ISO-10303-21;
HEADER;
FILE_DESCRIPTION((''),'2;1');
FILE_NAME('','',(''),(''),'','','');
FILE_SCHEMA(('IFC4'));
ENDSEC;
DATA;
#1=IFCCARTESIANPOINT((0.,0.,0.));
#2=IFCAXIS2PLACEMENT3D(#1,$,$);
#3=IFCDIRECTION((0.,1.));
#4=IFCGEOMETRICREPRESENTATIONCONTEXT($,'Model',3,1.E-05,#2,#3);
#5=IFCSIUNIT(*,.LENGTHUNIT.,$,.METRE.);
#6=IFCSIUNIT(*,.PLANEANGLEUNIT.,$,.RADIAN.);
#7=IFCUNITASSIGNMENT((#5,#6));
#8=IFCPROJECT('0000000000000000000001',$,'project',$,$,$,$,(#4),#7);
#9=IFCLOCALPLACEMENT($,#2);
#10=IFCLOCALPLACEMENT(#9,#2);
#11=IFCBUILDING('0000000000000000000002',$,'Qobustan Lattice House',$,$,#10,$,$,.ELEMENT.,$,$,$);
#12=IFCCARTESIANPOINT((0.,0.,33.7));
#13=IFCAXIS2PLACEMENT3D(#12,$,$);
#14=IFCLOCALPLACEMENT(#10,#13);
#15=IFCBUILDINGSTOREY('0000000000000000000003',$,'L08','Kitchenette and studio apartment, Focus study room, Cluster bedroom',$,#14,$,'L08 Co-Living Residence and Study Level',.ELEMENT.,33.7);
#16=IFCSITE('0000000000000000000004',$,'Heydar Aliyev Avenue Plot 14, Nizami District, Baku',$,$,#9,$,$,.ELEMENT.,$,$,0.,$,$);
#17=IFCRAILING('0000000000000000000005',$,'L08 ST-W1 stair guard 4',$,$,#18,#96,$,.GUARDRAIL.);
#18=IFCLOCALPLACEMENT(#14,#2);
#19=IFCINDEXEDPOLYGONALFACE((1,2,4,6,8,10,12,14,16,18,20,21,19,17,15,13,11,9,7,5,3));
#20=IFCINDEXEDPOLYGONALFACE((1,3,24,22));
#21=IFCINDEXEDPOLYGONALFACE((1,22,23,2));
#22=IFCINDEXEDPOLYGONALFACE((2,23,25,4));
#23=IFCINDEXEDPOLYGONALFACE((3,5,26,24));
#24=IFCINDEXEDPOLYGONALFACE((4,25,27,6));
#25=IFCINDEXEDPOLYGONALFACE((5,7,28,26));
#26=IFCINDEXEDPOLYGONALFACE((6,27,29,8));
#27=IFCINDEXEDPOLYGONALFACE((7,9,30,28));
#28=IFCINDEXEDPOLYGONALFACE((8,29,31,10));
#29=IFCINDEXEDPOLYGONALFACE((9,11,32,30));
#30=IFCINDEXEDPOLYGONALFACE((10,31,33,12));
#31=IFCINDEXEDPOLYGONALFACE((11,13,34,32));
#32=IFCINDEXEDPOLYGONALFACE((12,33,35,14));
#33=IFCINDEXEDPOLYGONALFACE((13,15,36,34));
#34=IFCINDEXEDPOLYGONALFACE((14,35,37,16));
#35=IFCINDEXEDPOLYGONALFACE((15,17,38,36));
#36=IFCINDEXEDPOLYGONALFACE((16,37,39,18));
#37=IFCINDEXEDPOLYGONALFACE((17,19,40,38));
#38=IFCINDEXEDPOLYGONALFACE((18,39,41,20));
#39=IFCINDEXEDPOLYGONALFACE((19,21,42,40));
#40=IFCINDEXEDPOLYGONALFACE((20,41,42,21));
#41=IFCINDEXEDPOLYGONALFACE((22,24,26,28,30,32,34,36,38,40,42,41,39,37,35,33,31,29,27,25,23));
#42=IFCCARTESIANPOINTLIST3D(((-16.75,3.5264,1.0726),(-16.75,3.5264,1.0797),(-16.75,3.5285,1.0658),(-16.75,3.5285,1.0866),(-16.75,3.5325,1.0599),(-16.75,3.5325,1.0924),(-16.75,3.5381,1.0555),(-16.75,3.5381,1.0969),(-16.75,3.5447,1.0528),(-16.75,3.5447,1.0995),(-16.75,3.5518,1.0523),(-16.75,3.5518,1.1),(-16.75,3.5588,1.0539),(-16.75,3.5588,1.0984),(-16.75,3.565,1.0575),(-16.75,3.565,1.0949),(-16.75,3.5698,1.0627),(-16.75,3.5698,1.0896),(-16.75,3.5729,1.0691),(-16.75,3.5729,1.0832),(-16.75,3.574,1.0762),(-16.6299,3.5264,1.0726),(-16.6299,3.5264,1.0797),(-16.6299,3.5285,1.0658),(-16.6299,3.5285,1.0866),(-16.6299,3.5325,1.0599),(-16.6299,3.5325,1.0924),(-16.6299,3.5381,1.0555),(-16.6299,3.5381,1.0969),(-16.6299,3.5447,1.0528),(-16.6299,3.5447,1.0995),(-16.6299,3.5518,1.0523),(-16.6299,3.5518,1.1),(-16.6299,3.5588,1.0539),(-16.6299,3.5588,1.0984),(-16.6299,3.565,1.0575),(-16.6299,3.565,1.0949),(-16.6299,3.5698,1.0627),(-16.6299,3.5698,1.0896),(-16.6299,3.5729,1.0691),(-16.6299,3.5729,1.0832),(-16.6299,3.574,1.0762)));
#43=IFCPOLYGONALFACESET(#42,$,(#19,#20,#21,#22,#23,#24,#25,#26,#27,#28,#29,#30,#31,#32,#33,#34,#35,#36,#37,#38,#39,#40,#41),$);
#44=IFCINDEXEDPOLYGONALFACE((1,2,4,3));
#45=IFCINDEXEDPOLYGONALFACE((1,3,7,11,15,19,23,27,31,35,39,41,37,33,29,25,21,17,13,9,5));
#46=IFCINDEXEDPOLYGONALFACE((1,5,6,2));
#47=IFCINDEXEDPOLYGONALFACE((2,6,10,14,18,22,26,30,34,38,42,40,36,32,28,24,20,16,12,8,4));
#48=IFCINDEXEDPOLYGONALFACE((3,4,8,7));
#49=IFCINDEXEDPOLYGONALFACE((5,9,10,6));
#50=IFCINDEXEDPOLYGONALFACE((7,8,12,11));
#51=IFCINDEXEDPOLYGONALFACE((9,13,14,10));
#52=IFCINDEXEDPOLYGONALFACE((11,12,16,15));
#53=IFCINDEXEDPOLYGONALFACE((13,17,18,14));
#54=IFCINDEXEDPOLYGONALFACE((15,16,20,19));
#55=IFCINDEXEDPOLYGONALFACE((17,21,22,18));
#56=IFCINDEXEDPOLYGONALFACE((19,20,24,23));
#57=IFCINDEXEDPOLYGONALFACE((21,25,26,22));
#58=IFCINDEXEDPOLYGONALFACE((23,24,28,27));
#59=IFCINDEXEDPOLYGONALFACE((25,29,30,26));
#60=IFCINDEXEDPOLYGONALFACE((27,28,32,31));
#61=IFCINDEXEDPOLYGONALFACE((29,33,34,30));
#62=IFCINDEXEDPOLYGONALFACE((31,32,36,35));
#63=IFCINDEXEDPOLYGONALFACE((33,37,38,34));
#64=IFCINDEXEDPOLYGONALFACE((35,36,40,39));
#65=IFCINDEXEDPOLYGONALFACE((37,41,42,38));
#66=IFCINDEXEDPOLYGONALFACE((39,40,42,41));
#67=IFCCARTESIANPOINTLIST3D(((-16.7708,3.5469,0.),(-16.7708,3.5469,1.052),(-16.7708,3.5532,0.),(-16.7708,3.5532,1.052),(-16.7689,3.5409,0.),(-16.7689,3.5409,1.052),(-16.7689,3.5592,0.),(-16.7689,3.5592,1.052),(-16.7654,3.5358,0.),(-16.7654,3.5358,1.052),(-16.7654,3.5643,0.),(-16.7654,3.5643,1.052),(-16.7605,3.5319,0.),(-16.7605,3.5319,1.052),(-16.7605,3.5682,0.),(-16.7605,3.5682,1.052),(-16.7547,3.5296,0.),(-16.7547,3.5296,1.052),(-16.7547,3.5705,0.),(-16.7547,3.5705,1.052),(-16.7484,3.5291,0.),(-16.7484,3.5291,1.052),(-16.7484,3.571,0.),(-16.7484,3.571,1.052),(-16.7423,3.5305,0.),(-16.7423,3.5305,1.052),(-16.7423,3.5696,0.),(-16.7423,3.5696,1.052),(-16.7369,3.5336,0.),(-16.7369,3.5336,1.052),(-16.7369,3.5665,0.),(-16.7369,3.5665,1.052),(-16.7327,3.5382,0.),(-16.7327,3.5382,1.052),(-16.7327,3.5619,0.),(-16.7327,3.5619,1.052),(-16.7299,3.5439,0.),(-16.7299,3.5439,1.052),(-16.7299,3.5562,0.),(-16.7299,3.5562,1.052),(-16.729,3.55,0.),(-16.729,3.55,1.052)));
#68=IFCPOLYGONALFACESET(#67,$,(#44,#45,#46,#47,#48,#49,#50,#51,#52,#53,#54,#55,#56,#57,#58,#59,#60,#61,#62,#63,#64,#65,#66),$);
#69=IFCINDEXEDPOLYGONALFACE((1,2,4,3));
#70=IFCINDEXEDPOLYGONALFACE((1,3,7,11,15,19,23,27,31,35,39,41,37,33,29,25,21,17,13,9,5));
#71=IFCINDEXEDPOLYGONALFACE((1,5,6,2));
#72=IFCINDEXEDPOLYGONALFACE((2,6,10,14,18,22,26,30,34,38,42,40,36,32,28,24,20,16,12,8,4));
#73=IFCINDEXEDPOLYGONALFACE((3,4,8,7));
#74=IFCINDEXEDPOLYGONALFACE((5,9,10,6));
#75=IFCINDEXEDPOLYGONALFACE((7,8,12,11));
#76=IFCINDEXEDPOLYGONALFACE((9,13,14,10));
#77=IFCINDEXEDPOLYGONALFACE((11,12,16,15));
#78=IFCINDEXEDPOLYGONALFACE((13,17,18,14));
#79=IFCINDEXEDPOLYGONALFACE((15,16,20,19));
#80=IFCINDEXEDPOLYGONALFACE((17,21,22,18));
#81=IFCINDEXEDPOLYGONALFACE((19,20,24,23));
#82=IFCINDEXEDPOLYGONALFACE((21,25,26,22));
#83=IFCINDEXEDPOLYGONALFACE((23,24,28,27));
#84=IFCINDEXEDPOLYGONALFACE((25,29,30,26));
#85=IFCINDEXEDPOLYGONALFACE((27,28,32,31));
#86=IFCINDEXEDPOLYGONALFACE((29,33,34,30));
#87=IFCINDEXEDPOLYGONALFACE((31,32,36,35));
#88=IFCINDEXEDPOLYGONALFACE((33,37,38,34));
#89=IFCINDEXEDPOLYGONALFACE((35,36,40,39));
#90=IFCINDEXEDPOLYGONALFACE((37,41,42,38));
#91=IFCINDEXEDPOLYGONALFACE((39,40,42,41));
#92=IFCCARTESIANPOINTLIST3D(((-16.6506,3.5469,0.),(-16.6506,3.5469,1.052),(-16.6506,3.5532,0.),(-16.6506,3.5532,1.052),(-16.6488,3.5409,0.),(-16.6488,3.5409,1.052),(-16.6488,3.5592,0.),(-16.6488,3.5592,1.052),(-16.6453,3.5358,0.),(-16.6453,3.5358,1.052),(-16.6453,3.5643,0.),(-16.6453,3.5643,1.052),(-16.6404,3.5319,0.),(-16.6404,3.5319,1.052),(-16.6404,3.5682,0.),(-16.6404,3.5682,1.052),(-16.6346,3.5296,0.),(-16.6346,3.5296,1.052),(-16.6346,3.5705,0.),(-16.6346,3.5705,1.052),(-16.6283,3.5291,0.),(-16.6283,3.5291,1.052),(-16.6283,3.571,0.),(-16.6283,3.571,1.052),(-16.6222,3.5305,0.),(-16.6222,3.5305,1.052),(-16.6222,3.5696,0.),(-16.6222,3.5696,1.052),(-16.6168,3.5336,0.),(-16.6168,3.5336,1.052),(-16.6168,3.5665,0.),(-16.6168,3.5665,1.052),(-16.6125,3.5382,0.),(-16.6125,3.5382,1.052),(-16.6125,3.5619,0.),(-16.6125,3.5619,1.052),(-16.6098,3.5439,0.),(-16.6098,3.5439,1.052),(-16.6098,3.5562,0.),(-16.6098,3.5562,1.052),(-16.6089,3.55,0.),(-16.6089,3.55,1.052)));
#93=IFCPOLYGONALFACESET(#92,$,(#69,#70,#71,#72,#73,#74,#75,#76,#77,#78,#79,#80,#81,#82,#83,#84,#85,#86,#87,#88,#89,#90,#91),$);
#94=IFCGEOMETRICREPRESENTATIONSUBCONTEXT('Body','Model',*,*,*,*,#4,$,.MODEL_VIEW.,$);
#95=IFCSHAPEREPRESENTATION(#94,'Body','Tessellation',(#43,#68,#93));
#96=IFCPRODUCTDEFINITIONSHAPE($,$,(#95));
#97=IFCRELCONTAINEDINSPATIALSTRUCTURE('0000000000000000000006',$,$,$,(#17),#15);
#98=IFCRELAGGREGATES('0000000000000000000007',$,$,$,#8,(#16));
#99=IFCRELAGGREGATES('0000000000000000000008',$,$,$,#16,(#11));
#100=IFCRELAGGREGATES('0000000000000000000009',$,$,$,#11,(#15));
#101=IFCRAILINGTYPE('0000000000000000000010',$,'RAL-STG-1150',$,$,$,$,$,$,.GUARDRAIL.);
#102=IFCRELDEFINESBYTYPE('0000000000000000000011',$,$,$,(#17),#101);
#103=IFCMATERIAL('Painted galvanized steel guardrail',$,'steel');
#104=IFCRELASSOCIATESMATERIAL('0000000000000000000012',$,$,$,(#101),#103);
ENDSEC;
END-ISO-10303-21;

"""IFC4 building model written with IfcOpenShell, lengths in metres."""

from ifc_helpers import new_model, si_unit, direction, frame, origin, origin_2d, place, context, subcontext, project, spatial, circle, extrude, material, type_object, element, save


model = new_model("IFC4")

# Units and contexts
model_context = context("Model", 3, precision=1e-05, world=origin(), true_north=direction((0.0, 1.0)))
body_context = subcontext(model_context, "Body", "Model", "MODEL_VIEW")
ifc_project = project(units=[si_unit("LENGTHUNIT", "METRE"), si_unit("PLANEANGLEUNIT", "RADIAN")], contexts=[model_context])

# Site, building, storey
site_placement = place(None, origin())
site = spatial("IfcSite", under=ifc_project, at=site_placement, Name="Heydar Aliyev Avenue Plot 14, Nizami District, Baku", CompositionType="ELEMENT", RefElevation=0.0)
building_placement = place(site_placement, origin())
building = spatial("IfcBuilding", under=site, at=building_placement, Name="Qobustan Lattice House", CompositionType="ELEMENT")
storey_placement = place(building_placement, frame((0.0, 0.0, 33.7)))
storey = spatial("IfcBuildingStorey", under=building, at=storey_placement, Name="L08", Description="Kitchenette and studio apartment, Focus study room, Cluster bedroom", LongName="L08 Co-Living Residence and Study Level", CompositionType="ELEMENT", Elevation=33.7)

# Railing
ifc_material_1 = material(Name="Painted galvanized steel guardrail", Category="steel")
railing_type_1 = type_object("IfcRailingType", Name="RAL-STG-1150", PredefinedType="GUARDRAIL", material=ifc_material_1)
railing_1_placement = place(storey_placement, frame((-16.75, 3.55, 0.0)))
element("IfcRailing", 1, at=railing_1_placement, inside=storey, type_object=railing_type_1, Name="L08 ST-W1 stair guard 4", PredefinedType="GUARDRAIL", context=body_context, shape_type="SweptSolid", body=[
    extrude(circle(Radius=0.0239, at=origin_2d()), frame((0.0, 0.0, 1.0762), z_axis=(1.0, 0.0, 0.0), x_axis=(0.0, 1.0, 0.0)), (0.0, 0.0, 1.0), 0.1201),
    extrude(circle(Radius=0.021, at=origin_2d()), origin(), (0.0, 0.0, 1.0), 1.052),
    extrude(circle(Radius=0.021, at=origin_2d()), frame((0.1201, 0.0, 0.0)), (0.0, 0.0, 1.0), 1.052),
])

save(model, "model.ifc")
